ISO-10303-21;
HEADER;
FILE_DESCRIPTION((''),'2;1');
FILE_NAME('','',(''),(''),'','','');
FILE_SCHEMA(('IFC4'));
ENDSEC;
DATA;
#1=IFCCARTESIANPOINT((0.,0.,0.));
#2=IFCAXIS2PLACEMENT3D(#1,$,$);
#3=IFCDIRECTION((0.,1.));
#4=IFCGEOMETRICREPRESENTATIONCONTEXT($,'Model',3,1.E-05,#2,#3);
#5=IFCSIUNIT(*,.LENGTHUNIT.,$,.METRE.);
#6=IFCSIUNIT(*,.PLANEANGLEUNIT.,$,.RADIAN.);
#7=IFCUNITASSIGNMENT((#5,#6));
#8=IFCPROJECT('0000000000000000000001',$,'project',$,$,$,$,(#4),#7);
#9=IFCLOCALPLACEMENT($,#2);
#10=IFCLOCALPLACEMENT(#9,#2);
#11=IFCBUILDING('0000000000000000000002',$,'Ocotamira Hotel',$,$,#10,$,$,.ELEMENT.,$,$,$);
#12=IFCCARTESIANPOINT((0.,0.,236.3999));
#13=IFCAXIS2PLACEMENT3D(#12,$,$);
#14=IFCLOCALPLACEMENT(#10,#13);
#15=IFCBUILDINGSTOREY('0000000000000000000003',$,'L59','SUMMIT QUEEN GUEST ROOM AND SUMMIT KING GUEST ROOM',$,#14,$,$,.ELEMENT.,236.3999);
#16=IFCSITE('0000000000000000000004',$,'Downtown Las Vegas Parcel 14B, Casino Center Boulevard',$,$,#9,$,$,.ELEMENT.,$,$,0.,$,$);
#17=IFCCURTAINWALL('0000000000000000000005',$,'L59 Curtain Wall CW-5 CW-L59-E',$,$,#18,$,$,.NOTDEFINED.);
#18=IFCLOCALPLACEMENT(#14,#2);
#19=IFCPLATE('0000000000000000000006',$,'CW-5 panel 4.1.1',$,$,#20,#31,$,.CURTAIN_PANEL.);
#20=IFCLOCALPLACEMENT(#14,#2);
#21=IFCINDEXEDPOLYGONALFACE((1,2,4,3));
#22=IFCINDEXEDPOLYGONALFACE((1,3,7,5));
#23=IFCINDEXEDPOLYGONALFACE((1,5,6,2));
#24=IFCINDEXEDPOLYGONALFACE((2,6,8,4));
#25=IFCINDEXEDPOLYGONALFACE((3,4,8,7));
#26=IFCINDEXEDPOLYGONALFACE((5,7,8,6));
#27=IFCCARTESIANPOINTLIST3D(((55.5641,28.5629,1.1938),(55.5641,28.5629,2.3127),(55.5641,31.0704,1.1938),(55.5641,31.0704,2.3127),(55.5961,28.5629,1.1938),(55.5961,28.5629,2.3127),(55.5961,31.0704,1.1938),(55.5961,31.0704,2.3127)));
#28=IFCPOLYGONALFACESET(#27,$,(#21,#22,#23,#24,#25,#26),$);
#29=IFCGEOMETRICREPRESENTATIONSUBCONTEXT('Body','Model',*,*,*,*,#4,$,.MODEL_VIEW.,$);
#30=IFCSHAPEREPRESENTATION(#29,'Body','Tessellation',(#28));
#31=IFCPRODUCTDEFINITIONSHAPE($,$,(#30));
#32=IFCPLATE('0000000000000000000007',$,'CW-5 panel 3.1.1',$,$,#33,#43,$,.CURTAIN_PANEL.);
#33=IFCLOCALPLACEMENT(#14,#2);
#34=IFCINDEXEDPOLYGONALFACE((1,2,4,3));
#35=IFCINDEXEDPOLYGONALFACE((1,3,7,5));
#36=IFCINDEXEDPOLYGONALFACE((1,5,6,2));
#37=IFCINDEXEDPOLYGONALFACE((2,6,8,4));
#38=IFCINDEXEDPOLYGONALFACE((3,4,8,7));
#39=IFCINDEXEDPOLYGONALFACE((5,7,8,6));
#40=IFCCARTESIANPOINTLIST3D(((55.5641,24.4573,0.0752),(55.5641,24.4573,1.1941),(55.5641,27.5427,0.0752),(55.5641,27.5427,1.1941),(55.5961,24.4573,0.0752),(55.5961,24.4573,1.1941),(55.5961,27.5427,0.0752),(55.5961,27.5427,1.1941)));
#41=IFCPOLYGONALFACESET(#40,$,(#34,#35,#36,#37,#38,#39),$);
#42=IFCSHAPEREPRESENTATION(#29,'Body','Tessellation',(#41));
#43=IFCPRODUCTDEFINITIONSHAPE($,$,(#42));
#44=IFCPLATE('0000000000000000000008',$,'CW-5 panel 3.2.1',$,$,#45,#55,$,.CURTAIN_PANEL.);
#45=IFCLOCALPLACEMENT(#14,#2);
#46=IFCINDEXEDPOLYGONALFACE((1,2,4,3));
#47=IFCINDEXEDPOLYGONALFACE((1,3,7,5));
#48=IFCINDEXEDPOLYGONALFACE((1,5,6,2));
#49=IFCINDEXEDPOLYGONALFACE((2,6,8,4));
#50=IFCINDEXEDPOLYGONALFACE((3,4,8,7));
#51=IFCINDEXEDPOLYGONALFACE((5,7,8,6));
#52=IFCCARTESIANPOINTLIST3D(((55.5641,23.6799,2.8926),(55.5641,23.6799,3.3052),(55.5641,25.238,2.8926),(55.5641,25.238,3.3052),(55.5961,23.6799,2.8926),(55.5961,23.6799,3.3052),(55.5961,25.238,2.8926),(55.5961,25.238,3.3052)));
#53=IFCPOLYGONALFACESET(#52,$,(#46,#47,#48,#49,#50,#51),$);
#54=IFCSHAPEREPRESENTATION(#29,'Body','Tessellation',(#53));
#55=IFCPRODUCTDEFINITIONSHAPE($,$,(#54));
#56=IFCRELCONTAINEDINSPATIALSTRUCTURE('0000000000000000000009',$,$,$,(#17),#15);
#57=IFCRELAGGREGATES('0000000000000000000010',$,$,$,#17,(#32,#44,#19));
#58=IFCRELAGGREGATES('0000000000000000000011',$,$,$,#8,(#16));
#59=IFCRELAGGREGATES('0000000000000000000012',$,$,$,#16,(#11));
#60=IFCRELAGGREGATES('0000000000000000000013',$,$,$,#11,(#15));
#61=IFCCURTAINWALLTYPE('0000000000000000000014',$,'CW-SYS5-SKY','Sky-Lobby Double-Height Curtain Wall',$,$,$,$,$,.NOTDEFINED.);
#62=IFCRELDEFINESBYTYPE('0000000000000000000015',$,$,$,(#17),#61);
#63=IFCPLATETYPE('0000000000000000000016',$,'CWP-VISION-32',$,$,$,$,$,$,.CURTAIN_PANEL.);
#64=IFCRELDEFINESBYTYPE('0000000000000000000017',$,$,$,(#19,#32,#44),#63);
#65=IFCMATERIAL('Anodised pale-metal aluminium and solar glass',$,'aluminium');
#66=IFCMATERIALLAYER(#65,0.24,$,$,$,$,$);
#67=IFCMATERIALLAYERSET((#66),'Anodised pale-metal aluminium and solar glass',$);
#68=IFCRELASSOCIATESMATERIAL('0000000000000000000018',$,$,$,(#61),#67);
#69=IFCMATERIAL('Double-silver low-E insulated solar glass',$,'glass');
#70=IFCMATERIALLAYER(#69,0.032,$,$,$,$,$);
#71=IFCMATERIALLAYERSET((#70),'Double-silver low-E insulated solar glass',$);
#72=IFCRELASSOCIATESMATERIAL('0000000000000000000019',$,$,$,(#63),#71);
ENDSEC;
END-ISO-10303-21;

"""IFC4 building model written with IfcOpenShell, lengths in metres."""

from ifc_helpers import new_model, si_unit, direction, frame, origin, origin_2d, place, context, subcontext, project, spatial, rectangle, extrude, source, transform, mapped, material, layer, layer_set, type_object, element, aggregate, save


model = new_model("IFC4")

# Units and contexts
model_context = context("Model", 3, precision=1e-05, world=origin(), true_north=direction((0.0, 1.0)))
body_context = subcontext(model_context, "Body", "Model", "MODEL_VIEW")
ifc_project = project(units=[si_unit("LENGTHUNIT", "METRE"), si_unit("PLANEANGLEUNIT", "RADIAN")], contexts=[model_context])

# Site, building, storey
site_placement = place(None, origin())
site = spatial("IfcSite", under=ifc_project, at=site_placement, Name="Downtown Las Vegas Parcel 14B, Casino Center Boulevard", CompositionType="ELEMENT", RefElevation=0.0)
building_placement = place(site_placement, origin())
building = spatial("IfcBuilding", under=site, at=building_placement, Name="Ocotamira Hotel", CompositionType="ELEMENT")
storey_placement = place(building_placement, frame((0.0, 0.0, 236.3999)))
storey = spatial("IfcBuildingStorey", under=building, at=storey_placement, Name="L59", Description="SUMMIT QUEEN GUEST ROOM AND SUMMIT KING GUEST ROOM", CompositionType="ELEMENT", Elevation=236.3999)

# Curtain wall
ifc_material_1 = material(Name="Anodised pale-metal aluminium and solar glass", Category="aluminium")
ifc_layer_1 = layer(ifc_material_1, 0.24)
ifc_layer_set_1 = layer_set([ifc_layer_1], Name="Anodised pale-metal aluminium and solar glass")
curtain_wall_type = type_object("IfcCurtainWallType", Name="CW-SYS5-SKY", Description="Sky-Lobby Double-Height Curtain Wall", PredefinedType="NOTDEFINED", material=ifc_layer_set_1)
curtain_wall_placement = place(storey_placement, origin())
curtain_wall = element("IfcCurtainWall", 1, at=curtain_wall_placement, inside=storey, type_object=curtain_wall_type, Name="L59 Curtain Wall CW-5 CW-L59-E", PredefinedType="NOTDEFINED")

# Plates
ifc_material_2 = material(Name="Double-silver low-E insulated solar glass", Category="glass")
ifc_layer_2 = layer(ifc_material_2, 0.032)
ifc_layer_set_2 = layer_set([ifc_layer_2], Name="Double-silver low-E insulated solar glass")
plate_type_1 = type_object("IfcPlateType", Name="CWP-VISION-32", PredefinedType="CURTAIN_PANEL", material=ifc_layer_set_2)
shared_shape_1 = source(origin(), body_context, "Body", "SweptSolid", [
    extrude(rectangle(XDim=2.5076, YDim=0.032, at=origin_2d()), origin(), (0.0, 0.0, 1.0), 1.1189),
])
plate_1_placement = place(storey_placement, frame((55.5801, 29.8167, 1.1938), z_axis=(0.0, 0.0, 1.0), x_axis=(0.0, 1.0, 0.0)))
plate_1 = element("IfcPlate", 2, at=plate_1_placement, type_object=plate_type_1, Name="CW-5 panel 4.1.1", PredefinedType="CURTAIN_PANEL", context=body_context, shape_type="MappedRepresentation", body=[
    mapped(shared_shape_1, transform((0.0, 0.0, 0.0), scale=1.0)),
])
shared_shape_2 = source(origin(), body_context, "Body", "SweptSolid", [
    extrude(rectangle(XDim=3.0854, YDim=0.032, at=origin_2d()), origin(), (0.0, 0.0, 1.0), 1.1189),
])
plate_2_placement = place(storey_placement, frame((55.5801, 26.0, 0.0752), z_axis=(0.0, 0.0, 1.0), x_axis=(0.0, 1.0, 0.0)))
plate_2 = element("IfcPlate", 3, at=plate_2_placement, type_object=plate_type_1, Name="CW-5 panel 3.1.1", PredefinedType="CURTAIN_PANEL", context=body_context, shape_type="MappedRepresentation", body=[
    mapped(shared_shape_2, transform((0.0, 0.0, 0.0), scale=1.0)),
])
shared_shape_3 = source(origin(), body_context, "Body", "SweptSolid", [
    extrude(rectangle(XDim=1.5581, YDim=0.032, at=origin_2d()), origin(), (0.0, 0.0, 1.0), 0.4126),
])
plate_3_placement = place(storey_placement, frame((55.5801, 24.459, 2.8926), z_axis=(0.0, 0.0, 1.0), x_axis=(0.0, 1.0, 0.0)))
plate_3 = element("IfcPlate", 4, at=plate_3_placement, type_object=plate_type_1, Name="CW-5 panel 3.2.1", PredefinedType="CURTAIN_PANEL", context=body_context, shape_type="MappedRepresentation", body=[
    mapped(shared_shape_3, transform((0.0, 0.0, 0.0), scale=1.0)),
])
aggregate(curtain_wall, [plate_2, plate_3, plate_1])

save(model, "model.ifc")
